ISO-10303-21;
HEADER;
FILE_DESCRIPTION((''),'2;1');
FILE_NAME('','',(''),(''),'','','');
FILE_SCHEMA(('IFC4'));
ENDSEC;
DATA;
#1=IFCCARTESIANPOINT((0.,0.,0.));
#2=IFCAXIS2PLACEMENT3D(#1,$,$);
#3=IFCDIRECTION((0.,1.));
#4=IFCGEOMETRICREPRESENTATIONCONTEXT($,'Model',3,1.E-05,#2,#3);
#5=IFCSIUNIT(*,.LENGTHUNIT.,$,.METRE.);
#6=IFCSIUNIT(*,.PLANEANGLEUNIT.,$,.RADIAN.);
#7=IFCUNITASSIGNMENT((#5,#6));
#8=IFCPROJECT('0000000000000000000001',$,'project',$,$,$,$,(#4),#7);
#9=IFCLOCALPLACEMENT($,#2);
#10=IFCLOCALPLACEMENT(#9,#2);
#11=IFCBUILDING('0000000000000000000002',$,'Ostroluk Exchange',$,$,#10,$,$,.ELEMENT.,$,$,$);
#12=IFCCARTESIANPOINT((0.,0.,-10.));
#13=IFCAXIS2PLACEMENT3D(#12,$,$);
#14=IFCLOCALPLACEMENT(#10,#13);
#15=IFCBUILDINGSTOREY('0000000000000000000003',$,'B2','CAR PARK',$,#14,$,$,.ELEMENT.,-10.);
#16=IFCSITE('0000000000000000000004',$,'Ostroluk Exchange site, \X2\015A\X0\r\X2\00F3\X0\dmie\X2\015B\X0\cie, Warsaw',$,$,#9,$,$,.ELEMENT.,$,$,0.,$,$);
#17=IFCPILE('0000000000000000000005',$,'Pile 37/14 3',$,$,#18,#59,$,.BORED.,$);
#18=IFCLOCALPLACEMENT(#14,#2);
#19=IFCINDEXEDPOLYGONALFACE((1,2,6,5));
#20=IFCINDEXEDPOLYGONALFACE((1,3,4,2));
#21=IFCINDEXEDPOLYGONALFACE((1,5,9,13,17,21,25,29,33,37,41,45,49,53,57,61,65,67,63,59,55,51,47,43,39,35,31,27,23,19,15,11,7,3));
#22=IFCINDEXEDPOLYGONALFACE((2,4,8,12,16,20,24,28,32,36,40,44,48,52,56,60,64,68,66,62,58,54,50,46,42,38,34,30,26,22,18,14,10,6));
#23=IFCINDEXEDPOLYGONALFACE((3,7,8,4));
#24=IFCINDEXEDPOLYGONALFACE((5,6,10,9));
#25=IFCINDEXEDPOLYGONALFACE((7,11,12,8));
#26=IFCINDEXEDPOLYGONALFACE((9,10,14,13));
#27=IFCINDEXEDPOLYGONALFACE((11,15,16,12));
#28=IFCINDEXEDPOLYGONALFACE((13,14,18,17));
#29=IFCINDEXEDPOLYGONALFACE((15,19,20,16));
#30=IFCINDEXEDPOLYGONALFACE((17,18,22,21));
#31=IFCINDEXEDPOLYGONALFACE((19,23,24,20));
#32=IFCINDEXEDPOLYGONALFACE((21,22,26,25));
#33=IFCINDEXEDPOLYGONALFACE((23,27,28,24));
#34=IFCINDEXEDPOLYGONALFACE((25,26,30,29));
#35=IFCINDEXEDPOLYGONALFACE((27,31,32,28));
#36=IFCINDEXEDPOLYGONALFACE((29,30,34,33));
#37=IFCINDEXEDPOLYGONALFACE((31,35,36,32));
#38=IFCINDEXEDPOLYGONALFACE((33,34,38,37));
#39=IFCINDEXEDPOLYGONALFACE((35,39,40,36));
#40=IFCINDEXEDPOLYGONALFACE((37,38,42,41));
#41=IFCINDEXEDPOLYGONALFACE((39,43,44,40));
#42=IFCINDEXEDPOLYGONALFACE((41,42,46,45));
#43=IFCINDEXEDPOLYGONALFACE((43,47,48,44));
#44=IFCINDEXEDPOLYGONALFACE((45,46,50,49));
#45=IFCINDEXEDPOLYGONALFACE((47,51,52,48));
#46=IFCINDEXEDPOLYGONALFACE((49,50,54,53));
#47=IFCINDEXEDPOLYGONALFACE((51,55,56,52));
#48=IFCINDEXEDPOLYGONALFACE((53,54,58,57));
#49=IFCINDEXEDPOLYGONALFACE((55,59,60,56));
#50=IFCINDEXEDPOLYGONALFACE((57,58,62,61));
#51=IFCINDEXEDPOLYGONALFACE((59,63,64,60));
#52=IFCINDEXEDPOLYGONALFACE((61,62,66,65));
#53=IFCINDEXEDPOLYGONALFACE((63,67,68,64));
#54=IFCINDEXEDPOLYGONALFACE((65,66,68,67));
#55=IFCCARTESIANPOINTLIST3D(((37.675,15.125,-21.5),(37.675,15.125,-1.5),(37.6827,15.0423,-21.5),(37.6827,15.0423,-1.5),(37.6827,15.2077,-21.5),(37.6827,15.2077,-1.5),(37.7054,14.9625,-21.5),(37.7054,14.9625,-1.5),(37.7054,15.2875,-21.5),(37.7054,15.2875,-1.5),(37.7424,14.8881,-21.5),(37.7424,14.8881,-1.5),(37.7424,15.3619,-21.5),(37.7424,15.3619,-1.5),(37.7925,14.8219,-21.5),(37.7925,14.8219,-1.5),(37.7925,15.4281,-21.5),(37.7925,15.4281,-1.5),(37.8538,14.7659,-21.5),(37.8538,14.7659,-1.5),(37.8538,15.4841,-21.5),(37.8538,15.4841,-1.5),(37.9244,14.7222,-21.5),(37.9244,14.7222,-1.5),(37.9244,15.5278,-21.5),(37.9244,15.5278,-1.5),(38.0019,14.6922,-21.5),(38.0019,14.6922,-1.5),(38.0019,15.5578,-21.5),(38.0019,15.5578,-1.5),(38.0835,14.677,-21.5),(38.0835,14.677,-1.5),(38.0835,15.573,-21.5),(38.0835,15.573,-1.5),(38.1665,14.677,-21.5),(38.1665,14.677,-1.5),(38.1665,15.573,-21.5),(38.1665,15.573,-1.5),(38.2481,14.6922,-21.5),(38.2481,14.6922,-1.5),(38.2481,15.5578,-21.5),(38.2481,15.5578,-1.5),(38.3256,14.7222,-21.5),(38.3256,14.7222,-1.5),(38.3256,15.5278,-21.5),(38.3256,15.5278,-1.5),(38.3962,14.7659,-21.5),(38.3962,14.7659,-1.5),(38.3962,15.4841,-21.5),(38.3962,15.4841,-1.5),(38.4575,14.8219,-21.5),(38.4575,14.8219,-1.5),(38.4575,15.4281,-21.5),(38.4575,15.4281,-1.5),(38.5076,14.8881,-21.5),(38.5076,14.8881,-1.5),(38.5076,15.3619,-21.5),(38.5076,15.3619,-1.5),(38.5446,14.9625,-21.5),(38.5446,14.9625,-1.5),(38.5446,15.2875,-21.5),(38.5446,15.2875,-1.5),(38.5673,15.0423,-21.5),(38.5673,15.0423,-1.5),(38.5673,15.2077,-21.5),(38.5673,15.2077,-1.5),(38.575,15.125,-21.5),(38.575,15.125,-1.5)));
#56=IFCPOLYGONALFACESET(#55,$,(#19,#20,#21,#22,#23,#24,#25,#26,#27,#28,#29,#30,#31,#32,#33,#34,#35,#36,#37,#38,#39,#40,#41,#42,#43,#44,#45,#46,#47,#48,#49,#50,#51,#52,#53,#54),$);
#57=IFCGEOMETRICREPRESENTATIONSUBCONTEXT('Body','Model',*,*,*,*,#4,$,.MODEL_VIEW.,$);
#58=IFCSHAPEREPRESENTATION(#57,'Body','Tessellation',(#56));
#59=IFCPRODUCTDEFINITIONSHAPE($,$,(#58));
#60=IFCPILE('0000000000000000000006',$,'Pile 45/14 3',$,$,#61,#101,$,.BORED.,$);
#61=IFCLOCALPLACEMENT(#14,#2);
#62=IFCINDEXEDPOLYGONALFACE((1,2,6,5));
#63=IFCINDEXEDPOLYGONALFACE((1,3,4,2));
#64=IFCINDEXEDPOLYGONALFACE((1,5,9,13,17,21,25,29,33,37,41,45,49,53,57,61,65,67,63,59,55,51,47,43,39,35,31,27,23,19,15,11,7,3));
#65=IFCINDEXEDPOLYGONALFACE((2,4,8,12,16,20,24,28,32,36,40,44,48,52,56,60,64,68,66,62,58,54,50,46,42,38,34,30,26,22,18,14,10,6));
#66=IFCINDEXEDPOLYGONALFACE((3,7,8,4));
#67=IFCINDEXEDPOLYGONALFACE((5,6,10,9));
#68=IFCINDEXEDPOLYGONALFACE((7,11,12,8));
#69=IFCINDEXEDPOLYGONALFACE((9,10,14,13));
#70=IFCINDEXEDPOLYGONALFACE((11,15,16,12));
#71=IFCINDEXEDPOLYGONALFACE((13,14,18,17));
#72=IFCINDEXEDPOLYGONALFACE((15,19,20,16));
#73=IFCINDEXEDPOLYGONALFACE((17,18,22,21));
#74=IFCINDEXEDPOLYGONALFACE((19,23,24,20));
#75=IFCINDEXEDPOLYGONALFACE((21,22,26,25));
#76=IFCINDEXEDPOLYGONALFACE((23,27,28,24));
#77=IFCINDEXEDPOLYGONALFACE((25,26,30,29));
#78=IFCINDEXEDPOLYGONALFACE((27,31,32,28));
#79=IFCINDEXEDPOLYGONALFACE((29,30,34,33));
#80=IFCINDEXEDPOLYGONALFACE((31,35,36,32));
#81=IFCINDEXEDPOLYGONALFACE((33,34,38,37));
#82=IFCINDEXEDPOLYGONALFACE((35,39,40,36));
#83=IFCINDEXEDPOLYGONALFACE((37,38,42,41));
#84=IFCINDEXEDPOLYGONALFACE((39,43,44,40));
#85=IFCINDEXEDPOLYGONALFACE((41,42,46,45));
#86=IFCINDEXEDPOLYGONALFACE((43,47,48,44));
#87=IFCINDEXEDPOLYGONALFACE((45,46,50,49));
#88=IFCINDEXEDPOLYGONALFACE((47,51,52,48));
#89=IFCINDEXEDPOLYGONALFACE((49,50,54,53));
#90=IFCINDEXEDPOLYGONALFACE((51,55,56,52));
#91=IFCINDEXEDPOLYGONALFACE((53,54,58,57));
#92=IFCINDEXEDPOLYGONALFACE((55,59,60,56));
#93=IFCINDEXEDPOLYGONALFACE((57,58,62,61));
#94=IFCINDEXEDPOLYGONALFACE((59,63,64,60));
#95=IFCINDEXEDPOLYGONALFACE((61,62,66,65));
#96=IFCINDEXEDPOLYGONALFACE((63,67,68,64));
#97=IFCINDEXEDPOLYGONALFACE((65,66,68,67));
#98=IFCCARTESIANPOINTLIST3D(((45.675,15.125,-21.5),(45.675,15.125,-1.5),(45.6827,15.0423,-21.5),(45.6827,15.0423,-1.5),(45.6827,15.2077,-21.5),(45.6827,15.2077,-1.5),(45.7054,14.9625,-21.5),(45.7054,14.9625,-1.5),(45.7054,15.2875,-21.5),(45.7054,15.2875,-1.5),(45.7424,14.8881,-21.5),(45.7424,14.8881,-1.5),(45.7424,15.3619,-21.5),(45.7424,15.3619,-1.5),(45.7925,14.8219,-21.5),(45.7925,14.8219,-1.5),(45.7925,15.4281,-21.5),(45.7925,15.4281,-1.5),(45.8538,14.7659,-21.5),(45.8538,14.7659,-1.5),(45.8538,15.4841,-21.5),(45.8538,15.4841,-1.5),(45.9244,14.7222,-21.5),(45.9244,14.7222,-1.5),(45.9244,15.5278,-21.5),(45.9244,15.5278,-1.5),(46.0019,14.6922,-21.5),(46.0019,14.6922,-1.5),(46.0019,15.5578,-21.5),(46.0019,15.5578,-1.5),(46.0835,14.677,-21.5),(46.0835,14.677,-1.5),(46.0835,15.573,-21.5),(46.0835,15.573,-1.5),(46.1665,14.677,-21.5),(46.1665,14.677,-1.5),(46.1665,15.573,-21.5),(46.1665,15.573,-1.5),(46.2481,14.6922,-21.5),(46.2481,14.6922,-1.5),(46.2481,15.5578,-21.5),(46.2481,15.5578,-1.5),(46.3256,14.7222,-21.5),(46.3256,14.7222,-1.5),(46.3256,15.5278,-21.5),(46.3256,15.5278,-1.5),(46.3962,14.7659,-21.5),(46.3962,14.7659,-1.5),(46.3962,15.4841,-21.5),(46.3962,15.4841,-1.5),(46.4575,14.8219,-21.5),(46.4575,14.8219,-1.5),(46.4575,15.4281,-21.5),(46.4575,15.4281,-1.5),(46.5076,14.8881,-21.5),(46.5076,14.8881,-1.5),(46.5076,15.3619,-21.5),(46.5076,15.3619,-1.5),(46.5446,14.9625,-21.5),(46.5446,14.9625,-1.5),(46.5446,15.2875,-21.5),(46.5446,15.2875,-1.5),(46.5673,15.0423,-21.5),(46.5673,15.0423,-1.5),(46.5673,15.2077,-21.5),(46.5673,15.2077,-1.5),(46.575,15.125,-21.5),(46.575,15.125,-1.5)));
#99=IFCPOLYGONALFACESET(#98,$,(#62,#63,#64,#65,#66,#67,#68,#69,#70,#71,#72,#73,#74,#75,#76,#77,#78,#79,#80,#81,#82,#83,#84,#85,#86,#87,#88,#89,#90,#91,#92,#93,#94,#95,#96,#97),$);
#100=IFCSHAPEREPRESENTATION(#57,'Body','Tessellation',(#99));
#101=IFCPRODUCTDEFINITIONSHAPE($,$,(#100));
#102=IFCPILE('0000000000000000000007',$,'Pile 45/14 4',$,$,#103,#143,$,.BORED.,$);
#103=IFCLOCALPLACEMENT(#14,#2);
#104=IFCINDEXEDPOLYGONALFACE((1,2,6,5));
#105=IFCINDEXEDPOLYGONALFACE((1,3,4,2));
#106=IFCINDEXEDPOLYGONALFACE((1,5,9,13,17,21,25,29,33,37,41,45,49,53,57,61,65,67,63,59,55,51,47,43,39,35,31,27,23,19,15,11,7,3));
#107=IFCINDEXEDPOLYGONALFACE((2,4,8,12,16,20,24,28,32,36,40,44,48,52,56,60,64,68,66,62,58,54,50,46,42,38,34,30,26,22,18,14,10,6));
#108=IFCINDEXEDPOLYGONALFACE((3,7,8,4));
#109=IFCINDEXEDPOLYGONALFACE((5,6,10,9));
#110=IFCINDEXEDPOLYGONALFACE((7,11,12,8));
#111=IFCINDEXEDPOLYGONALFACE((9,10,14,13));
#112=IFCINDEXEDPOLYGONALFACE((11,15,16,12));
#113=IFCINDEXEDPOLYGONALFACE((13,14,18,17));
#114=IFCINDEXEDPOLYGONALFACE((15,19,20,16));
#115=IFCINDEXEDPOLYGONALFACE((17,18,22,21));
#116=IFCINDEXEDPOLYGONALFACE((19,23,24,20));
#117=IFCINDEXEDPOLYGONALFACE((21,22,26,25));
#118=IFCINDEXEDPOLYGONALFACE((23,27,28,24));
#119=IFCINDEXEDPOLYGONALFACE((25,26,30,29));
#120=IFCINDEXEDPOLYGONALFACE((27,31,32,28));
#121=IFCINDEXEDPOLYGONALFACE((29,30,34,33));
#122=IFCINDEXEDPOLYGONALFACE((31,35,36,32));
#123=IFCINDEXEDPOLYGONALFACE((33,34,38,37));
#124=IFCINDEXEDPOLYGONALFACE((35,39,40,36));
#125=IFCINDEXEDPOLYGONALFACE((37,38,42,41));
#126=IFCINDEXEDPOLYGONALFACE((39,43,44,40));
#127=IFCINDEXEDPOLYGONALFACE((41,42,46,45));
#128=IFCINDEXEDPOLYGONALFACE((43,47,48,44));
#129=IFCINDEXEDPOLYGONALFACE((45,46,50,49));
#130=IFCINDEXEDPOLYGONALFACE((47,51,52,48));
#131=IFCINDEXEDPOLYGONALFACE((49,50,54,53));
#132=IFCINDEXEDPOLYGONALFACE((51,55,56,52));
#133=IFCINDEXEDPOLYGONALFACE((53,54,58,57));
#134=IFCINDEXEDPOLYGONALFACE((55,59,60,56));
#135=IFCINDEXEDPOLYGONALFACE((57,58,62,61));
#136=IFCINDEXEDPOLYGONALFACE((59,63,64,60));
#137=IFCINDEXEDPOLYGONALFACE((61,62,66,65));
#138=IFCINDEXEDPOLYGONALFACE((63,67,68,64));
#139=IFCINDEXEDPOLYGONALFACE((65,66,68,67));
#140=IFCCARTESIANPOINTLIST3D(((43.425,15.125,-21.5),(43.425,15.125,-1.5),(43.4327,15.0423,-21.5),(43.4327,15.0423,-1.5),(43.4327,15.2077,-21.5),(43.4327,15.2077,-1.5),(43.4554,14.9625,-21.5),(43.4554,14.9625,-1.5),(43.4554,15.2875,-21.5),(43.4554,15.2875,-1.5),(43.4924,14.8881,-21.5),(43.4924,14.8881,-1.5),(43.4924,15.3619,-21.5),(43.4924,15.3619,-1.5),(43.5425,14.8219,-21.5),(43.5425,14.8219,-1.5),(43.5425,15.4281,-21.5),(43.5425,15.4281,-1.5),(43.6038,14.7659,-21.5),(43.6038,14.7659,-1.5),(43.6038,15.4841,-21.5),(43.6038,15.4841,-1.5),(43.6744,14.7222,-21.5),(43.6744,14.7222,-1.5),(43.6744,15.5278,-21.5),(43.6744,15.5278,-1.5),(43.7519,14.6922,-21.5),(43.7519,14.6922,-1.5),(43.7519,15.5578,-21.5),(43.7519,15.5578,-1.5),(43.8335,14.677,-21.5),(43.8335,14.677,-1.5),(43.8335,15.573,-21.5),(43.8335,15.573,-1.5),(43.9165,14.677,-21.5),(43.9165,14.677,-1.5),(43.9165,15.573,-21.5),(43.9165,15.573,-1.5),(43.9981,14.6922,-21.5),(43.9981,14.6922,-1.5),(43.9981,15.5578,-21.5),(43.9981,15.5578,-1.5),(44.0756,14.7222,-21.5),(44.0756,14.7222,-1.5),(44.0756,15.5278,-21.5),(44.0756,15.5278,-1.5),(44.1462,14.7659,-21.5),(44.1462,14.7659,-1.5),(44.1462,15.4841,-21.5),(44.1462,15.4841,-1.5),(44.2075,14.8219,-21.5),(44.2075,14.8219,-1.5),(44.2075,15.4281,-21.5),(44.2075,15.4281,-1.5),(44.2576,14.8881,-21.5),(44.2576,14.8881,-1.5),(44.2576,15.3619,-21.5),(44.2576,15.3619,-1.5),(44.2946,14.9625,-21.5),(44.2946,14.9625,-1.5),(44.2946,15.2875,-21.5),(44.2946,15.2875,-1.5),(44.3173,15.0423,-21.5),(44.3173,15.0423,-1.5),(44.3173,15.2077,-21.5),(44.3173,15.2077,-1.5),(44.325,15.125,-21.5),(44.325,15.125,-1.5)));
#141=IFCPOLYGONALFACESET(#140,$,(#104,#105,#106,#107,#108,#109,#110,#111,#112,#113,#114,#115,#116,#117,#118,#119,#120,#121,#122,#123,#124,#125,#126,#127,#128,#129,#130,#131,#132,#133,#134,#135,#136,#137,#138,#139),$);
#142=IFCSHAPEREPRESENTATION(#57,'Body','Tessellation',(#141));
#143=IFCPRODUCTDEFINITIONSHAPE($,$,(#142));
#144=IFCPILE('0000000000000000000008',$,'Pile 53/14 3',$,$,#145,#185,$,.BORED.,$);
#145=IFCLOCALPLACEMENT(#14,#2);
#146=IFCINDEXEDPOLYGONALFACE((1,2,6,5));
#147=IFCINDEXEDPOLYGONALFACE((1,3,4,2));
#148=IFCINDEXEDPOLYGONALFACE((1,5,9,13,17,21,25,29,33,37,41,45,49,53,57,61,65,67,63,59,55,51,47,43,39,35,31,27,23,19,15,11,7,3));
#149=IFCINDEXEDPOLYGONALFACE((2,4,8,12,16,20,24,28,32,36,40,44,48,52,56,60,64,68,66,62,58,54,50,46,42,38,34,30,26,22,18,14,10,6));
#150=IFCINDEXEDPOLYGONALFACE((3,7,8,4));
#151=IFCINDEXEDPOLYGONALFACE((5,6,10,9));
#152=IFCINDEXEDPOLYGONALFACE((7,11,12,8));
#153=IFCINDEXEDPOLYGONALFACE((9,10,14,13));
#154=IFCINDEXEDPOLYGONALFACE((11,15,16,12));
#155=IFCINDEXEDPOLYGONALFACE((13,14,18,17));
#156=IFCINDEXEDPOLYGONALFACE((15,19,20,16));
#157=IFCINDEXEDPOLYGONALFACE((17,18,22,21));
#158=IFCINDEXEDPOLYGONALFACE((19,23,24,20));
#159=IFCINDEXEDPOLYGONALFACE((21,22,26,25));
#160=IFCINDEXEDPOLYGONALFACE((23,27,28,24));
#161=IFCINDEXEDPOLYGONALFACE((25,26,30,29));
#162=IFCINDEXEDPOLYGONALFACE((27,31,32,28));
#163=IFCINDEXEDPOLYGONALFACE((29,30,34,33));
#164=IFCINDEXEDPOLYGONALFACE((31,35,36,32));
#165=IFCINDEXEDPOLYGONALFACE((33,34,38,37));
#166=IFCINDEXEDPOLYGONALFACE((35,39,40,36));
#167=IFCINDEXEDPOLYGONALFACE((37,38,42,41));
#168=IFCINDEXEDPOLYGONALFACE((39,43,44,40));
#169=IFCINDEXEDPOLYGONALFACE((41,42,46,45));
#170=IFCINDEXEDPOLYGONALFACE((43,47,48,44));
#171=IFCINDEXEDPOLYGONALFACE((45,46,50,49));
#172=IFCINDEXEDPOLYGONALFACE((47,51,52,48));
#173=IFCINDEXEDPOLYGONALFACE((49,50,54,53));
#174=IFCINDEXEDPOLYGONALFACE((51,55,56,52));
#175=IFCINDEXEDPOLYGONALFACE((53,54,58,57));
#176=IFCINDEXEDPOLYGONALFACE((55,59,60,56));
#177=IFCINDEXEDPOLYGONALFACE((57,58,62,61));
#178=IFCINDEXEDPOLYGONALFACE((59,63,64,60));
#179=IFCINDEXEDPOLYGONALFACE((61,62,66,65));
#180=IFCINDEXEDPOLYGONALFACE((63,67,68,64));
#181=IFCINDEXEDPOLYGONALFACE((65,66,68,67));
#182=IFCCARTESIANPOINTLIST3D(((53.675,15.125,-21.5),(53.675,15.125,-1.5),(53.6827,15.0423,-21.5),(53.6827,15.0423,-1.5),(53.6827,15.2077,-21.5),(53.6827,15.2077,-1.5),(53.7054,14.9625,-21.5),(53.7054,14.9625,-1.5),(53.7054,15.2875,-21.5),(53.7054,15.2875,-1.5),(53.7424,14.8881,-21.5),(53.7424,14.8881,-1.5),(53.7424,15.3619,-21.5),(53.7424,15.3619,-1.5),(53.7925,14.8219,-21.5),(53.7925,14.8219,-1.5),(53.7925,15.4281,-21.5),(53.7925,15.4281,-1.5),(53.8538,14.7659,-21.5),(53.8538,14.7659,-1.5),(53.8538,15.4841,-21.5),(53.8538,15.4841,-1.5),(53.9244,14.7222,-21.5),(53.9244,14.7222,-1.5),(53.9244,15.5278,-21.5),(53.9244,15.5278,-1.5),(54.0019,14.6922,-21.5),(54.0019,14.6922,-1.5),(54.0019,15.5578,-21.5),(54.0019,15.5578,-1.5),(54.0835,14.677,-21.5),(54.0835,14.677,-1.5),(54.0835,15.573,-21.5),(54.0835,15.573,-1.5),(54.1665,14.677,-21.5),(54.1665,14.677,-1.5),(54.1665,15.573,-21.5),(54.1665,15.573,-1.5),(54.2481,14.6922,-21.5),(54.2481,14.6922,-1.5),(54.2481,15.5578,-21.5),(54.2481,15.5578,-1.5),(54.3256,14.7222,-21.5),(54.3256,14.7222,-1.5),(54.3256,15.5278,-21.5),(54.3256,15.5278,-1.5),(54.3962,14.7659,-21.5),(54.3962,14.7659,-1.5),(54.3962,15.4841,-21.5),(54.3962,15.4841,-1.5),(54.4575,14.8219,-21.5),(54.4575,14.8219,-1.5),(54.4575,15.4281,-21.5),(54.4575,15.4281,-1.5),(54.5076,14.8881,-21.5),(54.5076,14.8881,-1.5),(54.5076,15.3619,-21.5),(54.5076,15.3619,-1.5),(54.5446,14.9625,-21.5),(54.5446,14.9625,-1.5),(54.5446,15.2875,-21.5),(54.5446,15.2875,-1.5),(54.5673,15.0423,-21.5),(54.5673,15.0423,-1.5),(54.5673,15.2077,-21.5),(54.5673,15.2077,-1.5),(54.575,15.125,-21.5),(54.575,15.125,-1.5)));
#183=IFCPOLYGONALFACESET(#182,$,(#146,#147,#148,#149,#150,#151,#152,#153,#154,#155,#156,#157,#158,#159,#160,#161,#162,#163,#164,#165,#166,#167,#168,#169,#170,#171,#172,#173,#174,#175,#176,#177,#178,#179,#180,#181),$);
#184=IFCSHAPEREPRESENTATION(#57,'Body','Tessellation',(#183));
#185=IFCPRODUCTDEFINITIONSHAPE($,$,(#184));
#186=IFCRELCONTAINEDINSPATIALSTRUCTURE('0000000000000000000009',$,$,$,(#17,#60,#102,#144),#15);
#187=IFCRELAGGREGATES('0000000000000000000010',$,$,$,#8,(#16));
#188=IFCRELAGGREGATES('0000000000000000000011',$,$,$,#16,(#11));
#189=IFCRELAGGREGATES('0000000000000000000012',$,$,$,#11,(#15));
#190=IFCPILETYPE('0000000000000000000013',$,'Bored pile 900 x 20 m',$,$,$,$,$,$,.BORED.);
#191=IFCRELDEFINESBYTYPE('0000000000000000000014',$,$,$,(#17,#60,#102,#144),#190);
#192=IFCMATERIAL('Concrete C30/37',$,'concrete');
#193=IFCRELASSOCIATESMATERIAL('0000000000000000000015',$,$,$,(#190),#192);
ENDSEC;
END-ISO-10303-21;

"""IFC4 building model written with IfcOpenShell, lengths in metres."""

from ifc_helpers import new_model, si_unit, direction, frame, origin, origin_2d, place, context, subcontext, project, spatial, circle, extrude, material, type_object, element, save


model = new_model("IFC4")

# Units and contexts
model_context = context("Model", 3, precision=1e-05, world=origin(), true_north=direction((0.0, 1.0)))
body_context = subcontext(model_context, "Body", "Model", "MODEL_VIEW")
ifc_project = project(units=[si_unit("LENGTHUNIT", "METRE"), si_unit("PLANEANGLEUNIT", "RADIAN")], contexts=[model_context])

# Site, building, storey
site_placement = place(None, origin())
site = spatial("IfcSite", under=ifc_project, at=site_placement, Name="Ostroluk Exchange site, Śródmieście, Warsaw", CompositionType="ELEMENT", RefElevation=0.0)
building_placement = place(site_placement, origin())
building = spatial("IfcBuilding", under=site, at=building_placement, Name="Ostroluk Exchange", CompositionType="ELEMENT")
storey_placement = place(building_placement, frame((0.0, 0.0, -10.0)))
storey = spatial("IfcBuildingStorey", under=building, at=storey_placement, Name="B2", Description="CAR PARK", CompositionType="ELEMENT", Elevation=-10.0)

# Piles
ifc_material_1 = material(Name="Concrete C30/37", Category="concrete")
pile_type_1 = type_object("IfcPileType", Name="Bored pile 900 x 20 m", PredefinedType="BORED", material=ifc_material_1)
for number, where, z_axis, x_axis, name in (
    (1, (38.125, 15.125, -1.5), (0.0, 0.0, -1.0), (1.0, 0.0, 0.0), "Pile 37/14 3"),
    (2, (46.125, 15.125, -1.5), (0.0, 0.0, -1.0), (1.0, 0.0, 0.0), "Pile 45/14 3"),
    (3, (43.875, 15.125, -1.5), (0.0, 0.0, -1.0), (1.0, 0.0, 0.0), "Pile 45/14 4"),
    (4, (54.125, 15.125, -1.5), (0.0, 0.0, -1.0), (1.0, 0.0, 0.0), "Pile 53/14 3"),
):
    element("IfcPile", number, at=place(storey_placement, frame(where, z_axis=z_axis, x_axis=x_axis)), inside=storey, type_object=pile_type_1, Name=name, PredefinedType="BORED", context=body_context, shape_type="SweptSolid", body=[
        extrude(circle(Radius=0.45, at=origin_2d()), origin(), (0.0, 0.0, 1.0), 20.0),
    ])

save(model, "model.ifc")
